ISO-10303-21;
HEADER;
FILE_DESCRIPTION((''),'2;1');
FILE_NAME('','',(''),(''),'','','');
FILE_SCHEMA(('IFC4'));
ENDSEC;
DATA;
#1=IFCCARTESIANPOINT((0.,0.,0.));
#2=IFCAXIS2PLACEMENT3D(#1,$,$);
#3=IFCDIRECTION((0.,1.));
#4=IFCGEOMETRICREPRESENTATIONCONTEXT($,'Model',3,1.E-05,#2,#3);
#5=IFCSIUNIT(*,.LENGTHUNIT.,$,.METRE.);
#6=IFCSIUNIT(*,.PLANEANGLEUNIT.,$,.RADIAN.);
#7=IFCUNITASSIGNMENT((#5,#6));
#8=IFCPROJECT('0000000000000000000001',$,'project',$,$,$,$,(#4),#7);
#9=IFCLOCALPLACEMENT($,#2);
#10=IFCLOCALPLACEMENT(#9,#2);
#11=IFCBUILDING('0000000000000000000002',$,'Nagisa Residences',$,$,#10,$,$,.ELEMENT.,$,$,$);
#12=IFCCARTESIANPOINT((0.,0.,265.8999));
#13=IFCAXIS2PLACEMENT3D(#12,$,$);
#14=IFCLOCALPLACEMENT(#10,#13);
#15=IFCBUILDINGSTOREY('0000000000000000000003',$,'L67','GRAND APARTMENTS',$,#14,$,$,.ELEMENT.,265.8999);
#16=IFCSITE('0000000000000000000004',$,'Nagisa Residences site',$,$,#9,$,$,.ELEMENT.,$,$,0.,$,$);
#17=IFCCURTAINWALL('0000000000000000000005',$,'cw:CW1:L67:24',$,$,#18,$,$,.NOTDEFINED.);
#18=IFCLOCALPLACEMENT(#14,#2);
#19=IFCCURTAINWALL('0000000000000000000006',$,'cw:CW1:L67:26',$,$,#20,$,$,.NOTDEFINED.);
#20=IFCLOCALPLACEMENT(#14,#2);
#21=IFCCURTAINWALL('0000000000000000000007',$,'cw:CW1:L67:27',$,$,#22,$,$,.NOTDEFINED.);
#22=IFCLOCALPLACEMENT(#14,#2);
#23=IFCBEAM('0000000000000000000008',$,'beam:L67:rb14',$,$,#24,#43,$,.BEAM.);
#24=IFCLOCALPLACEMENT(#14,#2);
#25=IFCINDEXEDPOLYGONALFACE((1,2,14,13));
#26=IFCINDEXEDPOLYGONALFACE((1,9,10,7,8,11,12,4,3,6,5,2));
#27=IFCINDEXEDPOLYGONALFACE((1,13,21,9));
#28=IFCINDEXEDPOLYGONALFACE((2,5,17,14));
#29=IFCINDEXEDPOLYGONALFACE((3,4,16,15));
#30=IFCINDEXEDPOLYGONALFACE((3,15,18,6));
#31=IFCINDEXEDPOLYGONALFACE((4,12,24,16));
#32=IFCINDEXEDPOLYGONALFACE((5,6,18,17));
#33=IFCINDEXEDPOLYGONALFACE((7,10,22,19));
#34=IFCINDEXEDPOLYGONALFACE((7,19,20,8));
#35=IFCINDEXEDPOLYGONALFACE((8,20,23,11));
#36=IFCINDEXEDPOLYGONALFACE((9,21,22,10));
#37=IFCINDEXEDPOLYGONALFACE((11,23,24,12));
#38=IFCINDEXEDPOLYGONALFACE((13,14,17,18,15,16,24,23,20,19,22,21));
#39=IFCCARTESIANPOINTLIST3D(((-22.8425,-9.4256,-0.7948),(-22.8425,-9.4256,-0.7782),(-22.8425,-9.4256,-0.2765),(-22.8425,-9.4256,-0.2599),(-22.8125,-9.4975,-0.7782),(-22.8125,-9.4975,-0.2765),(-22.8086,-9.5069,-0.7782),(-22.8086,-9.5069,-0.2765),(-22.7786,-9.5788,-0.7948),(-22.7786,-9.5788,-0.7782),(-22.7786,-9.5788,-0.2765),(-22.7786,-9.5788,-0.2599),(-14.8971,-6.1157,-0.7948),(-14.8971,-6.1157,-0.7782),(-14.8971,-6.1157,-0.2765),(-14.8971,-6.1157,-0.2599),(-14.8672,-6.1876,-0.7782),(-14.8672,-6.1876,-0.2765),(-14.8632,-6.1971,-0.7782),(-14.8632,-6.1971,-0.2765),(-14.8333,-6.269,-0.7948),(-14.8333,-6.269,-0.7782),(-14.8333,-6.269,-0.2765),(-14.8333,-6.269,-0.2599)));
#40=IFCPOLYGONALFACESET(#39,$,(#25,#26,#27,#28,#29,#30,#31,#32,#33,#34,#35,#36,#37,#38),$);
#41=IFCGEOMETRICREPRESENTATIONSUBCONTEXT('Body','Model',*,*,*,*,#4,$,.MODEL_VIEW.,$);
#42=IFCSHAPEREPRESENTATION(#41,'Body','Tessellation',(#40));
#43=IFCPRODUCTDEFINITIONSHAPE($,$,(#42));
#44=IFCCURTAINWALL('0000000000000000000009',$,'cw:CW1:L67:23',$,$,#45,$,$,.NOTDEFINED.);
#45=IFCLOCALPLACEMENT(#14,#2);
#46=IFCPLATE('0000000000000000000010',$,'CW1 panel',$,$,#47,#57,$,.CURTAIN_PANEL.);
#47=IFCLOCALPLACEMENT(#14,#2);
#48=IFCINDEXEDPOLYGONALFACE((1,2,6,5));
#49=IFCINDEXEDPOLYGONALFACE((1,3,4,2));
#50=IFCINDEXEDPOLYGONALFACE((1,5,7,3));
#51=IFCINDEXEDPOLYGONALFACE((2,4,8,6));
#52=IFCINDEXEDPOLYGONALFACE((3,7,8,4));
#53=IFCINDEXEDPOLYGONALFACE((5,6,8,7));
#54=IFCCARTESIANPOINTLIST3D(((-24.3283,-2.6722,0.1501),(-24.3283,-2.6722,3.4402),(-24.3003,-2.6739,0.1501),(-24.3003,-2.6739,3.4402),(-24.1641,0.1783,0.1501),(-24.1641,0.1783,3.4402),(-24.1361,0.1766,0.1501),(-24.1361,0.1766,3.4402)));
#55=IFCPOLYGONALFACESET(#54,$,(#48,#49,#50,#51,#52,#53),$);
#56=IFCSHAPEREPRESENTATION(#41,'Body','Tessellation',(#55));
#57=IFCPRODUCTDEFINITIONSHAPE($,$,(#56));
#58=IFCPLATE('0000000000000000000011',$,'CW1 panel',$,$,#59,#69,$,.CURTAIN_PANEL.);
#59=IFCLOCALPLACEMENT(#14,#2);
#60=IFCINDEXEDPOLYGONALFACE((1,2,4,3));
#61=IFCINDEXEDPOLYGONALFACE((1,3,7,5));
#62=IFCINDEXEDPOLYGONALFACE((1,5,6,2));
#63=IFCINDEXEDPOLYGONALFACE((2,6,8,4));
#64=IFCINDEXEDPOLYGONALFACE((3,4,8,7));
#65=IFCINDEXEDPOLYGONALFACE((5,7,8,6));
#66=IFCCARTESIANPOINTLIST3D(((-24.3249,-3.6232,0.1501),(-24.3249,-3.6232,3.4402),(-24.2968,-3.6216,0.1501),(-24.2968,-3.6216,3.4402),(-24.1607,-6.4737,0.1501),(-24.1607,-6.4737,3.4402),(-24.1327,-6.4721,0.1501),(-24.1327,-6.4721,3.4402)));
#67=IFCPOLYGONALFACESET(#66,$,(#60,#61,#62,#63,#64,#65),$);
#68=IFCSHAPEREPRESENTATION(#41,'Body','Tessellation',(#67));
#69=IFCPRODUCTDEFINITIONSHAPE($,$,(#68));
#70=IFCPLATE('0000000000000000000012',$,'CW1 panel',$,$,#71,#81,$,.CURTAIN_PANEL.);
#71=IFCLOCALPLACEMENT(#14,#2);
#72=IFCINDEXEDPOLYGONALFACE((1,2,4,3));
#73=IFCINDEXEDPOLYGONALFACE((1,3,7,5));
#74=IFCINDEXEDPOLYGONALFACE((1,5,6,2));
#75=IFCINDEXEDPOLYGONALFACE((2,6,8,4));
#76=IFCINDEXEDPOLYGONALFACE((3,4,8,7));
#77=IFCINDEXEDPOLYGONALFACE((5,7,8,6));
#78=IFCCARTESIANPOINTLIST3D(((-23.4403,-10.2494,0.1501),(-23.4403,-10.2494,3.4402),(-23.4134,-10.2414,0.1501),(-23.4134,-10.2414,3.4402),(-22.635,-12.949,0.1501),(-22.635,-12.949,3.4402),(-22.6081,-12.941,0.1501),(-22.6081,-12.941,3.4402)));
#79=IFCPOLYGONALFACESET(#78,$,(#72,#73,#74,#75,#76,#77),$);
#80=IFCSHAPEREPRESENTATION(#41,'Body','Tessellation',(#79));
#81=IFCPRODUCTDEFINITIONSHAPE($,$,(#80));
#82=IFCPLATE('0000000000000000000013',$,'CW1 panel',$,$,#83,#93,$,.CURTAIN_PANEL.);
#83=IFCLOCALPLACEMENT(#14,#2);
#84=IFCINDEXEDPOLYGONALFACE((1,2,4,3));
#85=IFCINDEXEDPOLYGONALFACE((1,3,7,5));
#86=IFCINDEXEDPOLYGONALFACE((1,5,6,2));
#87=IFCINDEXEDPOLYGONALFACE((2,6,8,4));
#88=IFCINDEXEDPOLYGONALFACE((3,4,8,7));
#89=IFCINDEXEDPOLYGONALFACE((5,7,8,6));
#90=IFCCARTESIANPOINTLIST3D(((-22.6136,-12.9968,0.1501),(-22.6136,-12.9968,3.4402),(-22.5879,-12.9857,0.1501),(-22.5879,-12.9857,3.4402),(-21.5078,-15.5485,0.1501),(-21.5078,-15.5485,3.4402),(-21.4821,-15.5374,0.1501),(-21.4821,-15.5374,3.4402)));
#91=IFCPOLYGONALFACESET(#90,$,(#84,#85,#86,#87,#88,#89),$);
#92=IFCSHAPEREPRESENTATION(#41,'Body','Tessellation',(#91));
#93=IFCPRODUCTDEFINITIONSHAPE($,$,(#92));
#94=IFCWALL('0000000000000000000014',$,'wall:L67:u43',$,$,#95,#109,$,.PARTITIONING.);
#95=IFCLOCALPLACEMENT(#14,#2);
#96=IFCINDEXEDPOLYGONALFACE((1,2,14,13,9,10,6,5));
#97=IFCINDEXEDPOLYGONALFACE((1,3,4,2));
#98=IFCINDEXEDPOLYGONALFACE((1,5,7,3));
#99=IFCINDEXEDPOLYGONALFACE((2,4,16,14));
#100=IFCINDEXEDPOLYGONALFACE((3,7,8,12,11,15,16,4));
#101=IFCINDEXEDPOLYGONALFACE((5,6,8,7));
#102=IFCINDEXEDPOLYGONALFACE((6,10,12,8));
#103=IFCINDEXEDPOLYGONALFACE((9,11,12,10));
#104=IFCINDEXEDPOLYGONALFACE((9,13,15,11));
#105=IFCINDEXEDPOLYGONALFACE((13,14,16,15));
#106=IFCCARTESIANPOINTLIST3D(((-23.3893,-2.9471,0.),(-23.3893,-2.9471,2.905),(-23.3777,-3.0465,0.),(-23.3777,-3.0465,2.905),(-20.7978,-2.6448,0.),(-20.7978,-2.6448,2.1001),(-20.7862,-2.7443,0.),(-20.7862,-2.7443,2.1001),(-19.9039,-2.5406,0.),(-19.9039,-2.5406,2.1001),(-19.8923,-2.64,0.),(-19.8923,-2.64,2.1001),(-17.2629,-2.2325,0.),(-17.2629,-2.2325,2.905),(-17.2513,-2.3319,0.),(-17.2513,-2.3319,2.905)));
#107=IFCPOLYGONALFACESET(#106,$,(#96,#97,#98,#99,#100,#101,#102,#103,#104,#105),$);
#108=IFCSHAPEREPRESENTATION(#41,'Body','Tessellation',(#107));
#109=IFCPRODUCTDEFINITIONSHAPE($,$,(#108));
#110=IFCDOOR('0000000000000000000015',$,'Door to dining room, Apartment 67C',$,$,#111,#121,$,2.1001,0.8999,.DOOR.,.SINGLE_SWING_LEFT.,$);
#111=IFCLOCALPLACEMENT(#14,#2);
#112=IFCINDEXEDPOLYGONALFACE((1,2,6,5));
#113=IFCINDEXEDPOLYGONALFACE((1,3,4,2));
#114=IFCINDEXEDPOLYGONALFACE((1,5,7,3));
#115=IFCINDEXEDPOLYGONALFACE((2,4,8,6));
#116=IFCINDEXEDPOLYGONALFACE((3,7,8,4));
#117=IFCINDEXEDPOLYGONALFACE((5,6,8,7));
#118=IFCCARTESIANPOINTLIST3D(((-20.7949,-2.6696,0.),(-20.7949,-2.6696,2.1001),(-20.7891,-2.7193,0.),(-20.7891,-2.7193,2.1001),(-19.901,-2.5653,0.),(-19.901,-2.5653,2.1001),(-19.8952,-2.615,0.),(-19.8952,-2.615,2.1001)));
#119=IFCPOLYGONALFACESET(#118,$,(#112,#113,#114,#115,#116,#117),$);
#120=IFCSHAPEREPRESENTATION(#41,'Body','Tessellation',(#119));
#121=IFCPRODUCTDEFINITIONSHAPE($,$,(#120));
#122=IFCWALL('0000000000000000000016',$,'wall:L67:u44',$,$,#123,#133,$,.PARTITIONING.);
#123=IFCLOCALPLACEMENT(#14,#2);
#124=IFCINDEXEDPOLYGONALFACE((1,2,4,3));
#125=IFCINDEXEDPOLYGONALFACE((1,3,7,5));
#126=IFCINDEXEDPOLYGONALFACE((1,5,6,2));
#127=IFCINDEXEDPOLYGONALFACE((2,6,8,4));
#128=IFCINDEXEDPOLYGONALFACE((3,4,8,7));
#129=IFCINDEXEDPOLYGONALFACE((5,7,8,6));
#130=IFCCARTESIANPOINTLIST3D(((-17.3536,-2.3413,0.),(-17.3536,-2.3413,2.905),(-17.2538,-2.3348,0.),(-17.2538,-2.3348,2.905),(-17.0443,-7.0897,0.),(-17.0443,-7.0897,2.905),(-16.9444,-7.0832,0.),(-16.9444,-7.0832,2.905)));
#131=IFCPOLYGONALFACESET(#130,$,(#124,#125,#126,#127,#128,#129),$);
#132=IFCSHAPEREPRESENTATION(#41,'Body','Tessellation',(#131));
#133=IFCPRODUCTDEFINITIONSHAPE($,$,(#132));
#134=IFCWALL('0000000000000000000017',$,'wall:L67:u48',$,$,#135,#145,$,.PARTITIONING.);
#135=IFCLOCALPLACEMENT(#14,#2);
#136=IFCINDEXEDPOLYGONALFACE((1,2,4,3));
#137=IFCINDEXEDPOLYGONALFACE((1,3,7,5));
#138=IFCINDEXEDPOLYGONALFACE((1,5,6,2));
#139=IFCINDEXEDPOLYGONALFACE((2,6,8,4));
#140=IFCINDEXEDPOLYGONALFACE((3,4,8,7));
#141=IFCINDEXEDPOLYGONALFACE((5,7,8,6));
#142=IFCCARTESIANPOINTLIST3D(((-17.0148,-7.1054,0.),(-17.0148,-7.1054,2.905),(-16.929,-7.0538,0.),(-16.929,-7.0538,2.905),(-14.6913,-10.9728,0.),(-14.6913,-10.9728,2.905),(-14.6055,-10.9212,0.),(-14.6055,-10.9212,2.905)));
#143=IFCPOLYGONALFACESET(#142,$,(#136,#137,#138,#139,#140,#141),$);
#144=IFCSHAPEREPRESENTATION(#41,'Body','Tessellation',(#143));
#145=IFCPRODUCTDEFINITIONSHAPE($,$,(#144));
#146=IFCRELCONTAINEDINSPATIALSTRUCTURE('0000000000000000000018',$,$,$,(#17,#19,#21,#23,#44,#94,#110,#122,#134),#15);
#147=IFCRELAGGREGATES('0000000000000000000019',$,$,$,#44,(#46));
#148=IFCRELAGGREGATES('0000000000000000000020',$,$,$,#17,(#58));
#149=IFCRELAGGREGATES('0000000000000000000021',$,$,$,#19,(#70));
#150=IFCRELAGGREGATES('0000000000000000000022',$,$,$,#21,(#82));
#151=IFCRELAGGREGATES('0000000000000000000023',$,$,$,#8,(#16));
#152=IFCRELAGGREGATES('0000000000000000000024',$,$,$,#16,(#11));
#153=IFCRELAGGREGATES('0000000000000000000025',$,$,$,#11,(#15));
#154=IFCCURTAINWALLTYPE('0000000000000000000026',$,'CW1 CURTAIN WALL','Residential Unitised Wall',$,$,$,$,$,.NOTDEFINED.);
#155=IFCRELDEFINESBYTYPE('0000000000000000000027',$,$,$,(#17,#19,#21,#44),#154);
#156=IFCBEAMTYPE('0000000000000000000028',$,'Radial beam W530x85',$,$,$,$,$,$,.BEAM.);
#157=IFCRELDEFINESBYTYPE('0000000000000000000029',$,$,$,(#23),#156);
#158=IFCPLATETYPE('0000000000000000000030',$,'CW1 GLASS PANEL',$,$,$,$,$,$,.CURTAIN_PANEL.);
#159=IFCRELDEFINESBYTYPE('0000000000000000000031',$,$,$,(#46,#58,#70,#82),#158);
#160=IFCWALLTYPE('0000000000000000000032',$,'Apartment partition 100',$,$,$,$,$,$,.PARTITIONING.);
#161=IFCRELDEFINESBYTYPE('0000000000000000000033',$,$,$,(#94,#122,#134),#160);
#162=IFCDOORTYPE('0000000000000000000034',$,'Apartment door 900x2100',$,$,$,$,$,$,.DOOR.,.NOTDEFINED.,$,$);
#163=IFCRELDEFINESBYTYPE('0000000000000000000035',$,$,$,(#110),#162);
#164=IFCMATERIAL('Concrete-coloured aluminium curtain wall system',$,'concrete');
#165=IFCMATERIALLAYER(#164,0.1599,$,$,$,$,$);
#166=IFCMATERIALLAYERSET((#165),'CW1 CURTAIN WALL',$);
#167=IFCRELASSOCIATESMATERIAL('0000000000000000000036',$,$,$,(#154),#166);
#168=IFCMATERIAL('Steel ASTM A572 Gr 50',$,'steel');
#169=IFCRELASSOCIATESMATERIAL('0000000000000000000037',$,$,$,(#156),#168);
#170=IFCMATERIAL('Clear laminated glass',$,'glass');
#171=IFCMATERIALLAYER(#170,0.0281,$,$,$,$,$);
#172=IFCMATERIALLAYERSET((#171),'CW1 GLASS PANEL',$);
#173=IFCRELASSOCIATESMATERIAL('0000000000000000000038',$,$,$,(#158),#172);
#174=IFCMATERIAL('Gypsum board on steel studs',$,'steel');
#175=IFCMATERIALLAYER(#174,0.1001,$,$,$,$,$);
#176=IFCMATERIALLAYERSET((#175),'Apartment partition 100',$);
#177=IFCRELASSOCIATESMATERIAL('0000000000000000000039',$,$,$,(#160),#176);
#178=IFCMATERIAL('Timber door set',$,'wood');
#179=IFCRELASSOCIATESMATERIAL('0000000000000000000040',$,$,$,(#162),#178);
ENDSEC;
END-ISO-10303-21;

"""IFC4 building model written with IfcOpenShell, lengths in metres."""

from ifc_helpers import new_model, si_unit, direction, frame, frame_2d, origin, origin_2d, place, context, subcontext, project, spatial, rectangle, i_section, extrude, material, layer, layer_set, material_profile, profile_set, type_object, element, fill, aggregate, save


model = new_model("IFC4")

# Units and contexts
model_context = context("Model", 3, precision=1e-05, world=origin(), true_north=direction((0.0, 1.0)))
body_context = subcontext(model_context, "Body", "Model", "MODEL_VIEW")
ifc_project = project(units=[si_unit("LENGTHUNIT", "METRE"), si_unit("PLANEANGLEUNIT", "RADIAN")], contexts=[model_context])

# Site, building, storey
site_placement = place(None, origin())
site = spatial("IfcSite", under=ifc_project, at=site_placement, Name="Nagisa Residences site", CompositionType="ELEMENT", RefElevation=0.0)
building_placement = place(site_placement, origin())
building = spatial("IfcBuilding", under=site, at=building_placement, Name="Nagisa Residences", CompositionType="ELEMENT")
storey_placement = place(building_placement, frame((0.0, 0.0, 265.8999)))
storey = spatial("IfcBuildingStorey", under=building, at=storey_placement, Name="L67", Description="GRAND APARTMENTS", CompositionType="ELEMENT", Elevation=265.8999)

# Curtain walls
ifc_material_1 = material(Name="Concrete-coloured aluminium curtain wall system", Category="concrete")
ifc_layer_1 = layer(ifc_material_1, 0.1599)
ifc_layer_set_1 = layer_set([ifc_layer_1], Name="CW1 CURTAIN WALL")
curtain_wall_type = type_object("IfcCurtainWallType", Name="CW1 CURTAIN WALL", Description="Residential Unitised Wall", PredefinedType="NOTDEFINED", material=ifc_layer_set_1)
curtain_wall_1_placement = place(storey_placement, origin())
curtain_wall_1 = element("IfcCurtainWall", 1, at=curtain_wall_1_placement, inside=storey, type_object=curtain_wall_type, Name="cw:CW1:L67:24", PredefinedType="NOTDEFINED")
curtain_wall_2_placement = place(storey_placement, origin())
curtain_wall_2 = element("IfcCurtainWall", 2, at=curtain_wall_2_placement, inside=storey, type_object=curtain_wall_type, Name="cw:CW1:L67:26", PredefinedType="NOTDEFINED")
curtain_wall_3_placement = place(storey_placement, origin())
curtain_wall_3 = element("IfcCurtainWall", 3, at=curtain_wall_3_placement, inside=storey, type_object=curtain_wall_type, Name="cw:CW1:L67:27", PredefinedType="NOTDEFINED")

# Beam
ifc_material_2 = material(Name="Steel ASTM A572 Gr 50", Category="steel")
ifc_material_profile_1 = material_profile(ifc_material_2, i_section(OverallWidth=0.166, OverallDepth=0.5349, WebThickness=0.0103, FlangeThickness=0.0166, at=origin_2d()), Name="W530x85")
ifc_profile_set_1 = profile_set([ifc_material_profile_1], Name="Steel ASTM A572 Gr 50")
beam_type_1 = type_object("IfcBeamType", Name="Radial beam W530x85", PredefinedType="BEAM", material=ifc_profile_set_1)
beam_1_placement = place(storey_placement, frame((-22.8105, -9.5022, -0.5273), z_axis=(0.923107, 0.384543, 0.0), x_axis=(-0.384543, 0.923107, 0.0)))
element("IfcBeam", 4, at=beam_1_placement, inside=storey, type_object=beam_type_1, Name="beam:L67:rb14", PredefinedType="BEAM", context=body_context, shape_type="SweptSolid", body=[
    extrude(i_section(OverallWidth=0.166, OverallDepth=0.5349, WebThickness=0.0103, FlangeThickness=0.0166, at=origin_2d()), origin(), (0.0, 0.0, 1.0), 8.6072),
])

# Curtain wall, plate
curtain_wall_4_placement = place(storey_placement, origin())
curtain_wall_4 = element("IfcCurtainWall", 5, at=curtain_wall_4_placement, inside=storey, type_object=curtain_wall_type, Name="cw:CW1:L67:23", PredefinedType="NOTDEFINED")
ifc_material_3 = material(Name="Clear laminated glass", Category="glass")
ifc_layer_2 = layer(ifc_material_3, 0.0281)
ifc_layer_set_2 = layer_set([ifc_layer_2], Name="CW1 GLASS PANEL")
plate_type = type_object("IfcPlateType", Name="CW1 GLASS PANEL", PredefinedType="CURTAIN_PANEL", material=ifc_layer_set_2)
plate_1_placement = place(storey_placement, frame((-24.2322, -1.2478, 0.1501), z_axis=(0.0, 0.0, 1.0), x_axis=(-0.057503, -0.998345, 0.0)))
plate_1 = element("IfcPlate", 6, at=plate_1_placement, type_object=plate_type, Name="CW1 panel", PredefinedType="CURTAIN_PANEL", context=body_context, shape_type="SweptSolid", body=[
    extrude(rectangle(XDim=2.8552, YDim=0.0281, at=origin_2d()), origin(), (0.0, 0.0, 1.0), 3.29),
])
aggregate(curtain_wall_4, [plate_1])

# Plates
plate_2_placement = place(storey_placement, frame((-24.2288, -5.0476, 0.1501), z_axis=(0.0, 0.0, 1.0), x_axis=(0.057503, -0.998345, 0.0)))
plate_2 = element("IfcPlate", 7, at=plate_2_placement, type_object=plate_type, Name="CW1 panel", PredefinedType="CURTAIN_PANEL", context=body_context, shape_type="SweptSolid", body=[
    extrude(rectangle(XDim=2.8552, YDim=0.0281, at=origin_2d()), origin(), (0.0, 0.0, 1.0), 3.29),
])
aggregate(curtain_wall_1, [plate_2])
plate_3_placement = place(storey_placement, frame((-23.0242, -11.5952, 0.1501), z_axis=(0.0, 0.0, 1.0), x_axis=(0.28586, -0.958271, 0.0)))
plate_3 = element("IfcPlate", 8, at=plate_3_placement, type_object=plate_type, Name="CW1 panel", PredefinedType="CURTAIN_PANEL", context=body_context, shape_type="SweptSolid", body=[
    extrude(rectangle(XDim=2.8171, YDim=0.0281, at=origin_2d()), origin(), (0.0, 0.0, 1.0), 3.29),
])
aggregate(curtain_wall_2, [plate_3])
plate_4_placement = place(storey_placement, frame((-22.0479, -14.2671, 0.1501), z_axis=(0.0, 0.0, 1.0), x_axis=(0.397636, -0.917543, 0.0)))
plate_4 = element("IfcPlate", 9, at=plate_4_placement, type_object=plate_type, Name="CW1 panel", PredefinedType="CURTAIN_PANEL", context=body_context, shape_type="SweptSolid", body=[
    extrude(rectangle(XDim=2.781, YDim=0.0281, at=origin_2d()), origin(), (0.0, 0.0, 1.0), 3.29),
])
aggregate(curtain_wall_3, [plate_4])

# Wall, opening, door
ifc_material_4 = material(Name="Gypsum board on steel studs", Category="steel")
ifc_layer_3 = layer(ifc_material_4, 0.1001)
ifc_layer_set_3 = layer_set([ifc_layer_3], Name="Apartment partition 100")
wall_type_1 = type_object("IfcWallType", Name="Apartment partition 100", PredefinedType="PARTITIONING", material=ifc_layer_set_3)
wall_1_placement = place(storey_placement, frame((-17.2571, -2.2822, 0.0), z_axis=(0.0, 0.0, 1.0), x_axis=(-0.993266, -0.115856, 0.0)))
wall_1 = element("IfcWall", 10, at=wall_1_placement, inside=storey, type_object=wall_type_1, Name="wall:L67:u43", PredefinedType="PARTITIONING", context=body_context, shape_type="SweptSolid", body=[
    extrude(rectangle(XDim=6.168, YDim=0.1001, at=frame_2d((3.084, 0.0))), origin(), (0.0, 0.0, 1.0), 2.905),
])
opening_1_placement = place(wall_1_placement, frame((2.6589, 0.0, 0.0)))
opening_1 = element("IfcOpeningElement", 11, at=opening_1_placement, cuts=wall_1, PredefinedType="OPENING", context=body_context, shape_type="SweptSolid", body=[
    extrude(rectangle(XDim=0.8999, YDim=2.1001, at=frame_2d((0.45, 1.05))), frame((0.0, 0.0601, 0.0), z_axis=(0.0, -1.0, 0.0), x_axis=(1.0, 0.0, 0.0)), (0.0, 0.0, 1.0), 0.1201),
])
ifc_material_5 = material(Name="Timber door set", Category="wood")
door_type_1 = type_object("IfcDoorType", Name="Apartment door 900x2100", OperationType="NOTDEFINED", PredefinedType="DOOR", material=ifc_material_5)
door_1_placement = place(opening_1_placement, origin())
door_1 = element("IfcDoor", 12, at=door_1_placement, inside=storey, type_object=door_type_1, Name="Door to dining room, Apartment 67C", OperationType="SINGLE_SWING_LEFT", OverallHeight=2.1001, OverallWidth=0.8999, PredefinedType="DOOR", context=body_context, shape_type="SweptSolid", body=[
    extrude(rectangle(XDim=0.8999, YDim=2.1001, at=frame_2d((0.45, 1.05))), frame((0.0, 0.0249, 0.0), z_axis=(0.0, -1.0, 0.0), x_axis=(1.0, 0.0, 0.0)), (0.0, 0.0, 1.0), 0.05),
])
fill(opening_1, door_1)

# Walls
wall_2_placement = place(storey_placement, frame((-17.3037, -2.3379, 0.0), z_axis=(0.0, 0.0, 1.0), x_axis=(0.065004, -0.997885, 0.0)))
element("IfcWall", 13, at=wall_2_placement, inside=storey, type_object=wall_type_1, Name="wall:L67:u44", PredefinedType="PARTITIONING", context=body_context, shape_type="SweptSolid", body=[
    extrude(rectangle(XDim=4.7585, YDim=0.1001, at=frame_2d((2.3794, 0.0))), origin(), (0.0, 0.0, 1.0), 2.905),
])
wall_3_placement = place(storey_placement, frame((-16.9719, -7.0796, 0.0), z_axis=(0.0, 0.0, 1.0), x_axis=(0.514989, -0.857197, 0.0)))
element("IfcWall", 14, at=wall_3_placement, inside=storey, type_object=wall_type_1, Name="wall:L67:u48", PredefinedType="PARTITIONING", context=body_context, shape_type="SweptSolid", body=[
    extrude(rectangle(XDim=4.5117, YDim=0.1001, at=frame_2d((2.2559, 0.0))), origin(), (0.0, 0.0, 1.0), 2.905),
])

save(model, "model.ifc")
